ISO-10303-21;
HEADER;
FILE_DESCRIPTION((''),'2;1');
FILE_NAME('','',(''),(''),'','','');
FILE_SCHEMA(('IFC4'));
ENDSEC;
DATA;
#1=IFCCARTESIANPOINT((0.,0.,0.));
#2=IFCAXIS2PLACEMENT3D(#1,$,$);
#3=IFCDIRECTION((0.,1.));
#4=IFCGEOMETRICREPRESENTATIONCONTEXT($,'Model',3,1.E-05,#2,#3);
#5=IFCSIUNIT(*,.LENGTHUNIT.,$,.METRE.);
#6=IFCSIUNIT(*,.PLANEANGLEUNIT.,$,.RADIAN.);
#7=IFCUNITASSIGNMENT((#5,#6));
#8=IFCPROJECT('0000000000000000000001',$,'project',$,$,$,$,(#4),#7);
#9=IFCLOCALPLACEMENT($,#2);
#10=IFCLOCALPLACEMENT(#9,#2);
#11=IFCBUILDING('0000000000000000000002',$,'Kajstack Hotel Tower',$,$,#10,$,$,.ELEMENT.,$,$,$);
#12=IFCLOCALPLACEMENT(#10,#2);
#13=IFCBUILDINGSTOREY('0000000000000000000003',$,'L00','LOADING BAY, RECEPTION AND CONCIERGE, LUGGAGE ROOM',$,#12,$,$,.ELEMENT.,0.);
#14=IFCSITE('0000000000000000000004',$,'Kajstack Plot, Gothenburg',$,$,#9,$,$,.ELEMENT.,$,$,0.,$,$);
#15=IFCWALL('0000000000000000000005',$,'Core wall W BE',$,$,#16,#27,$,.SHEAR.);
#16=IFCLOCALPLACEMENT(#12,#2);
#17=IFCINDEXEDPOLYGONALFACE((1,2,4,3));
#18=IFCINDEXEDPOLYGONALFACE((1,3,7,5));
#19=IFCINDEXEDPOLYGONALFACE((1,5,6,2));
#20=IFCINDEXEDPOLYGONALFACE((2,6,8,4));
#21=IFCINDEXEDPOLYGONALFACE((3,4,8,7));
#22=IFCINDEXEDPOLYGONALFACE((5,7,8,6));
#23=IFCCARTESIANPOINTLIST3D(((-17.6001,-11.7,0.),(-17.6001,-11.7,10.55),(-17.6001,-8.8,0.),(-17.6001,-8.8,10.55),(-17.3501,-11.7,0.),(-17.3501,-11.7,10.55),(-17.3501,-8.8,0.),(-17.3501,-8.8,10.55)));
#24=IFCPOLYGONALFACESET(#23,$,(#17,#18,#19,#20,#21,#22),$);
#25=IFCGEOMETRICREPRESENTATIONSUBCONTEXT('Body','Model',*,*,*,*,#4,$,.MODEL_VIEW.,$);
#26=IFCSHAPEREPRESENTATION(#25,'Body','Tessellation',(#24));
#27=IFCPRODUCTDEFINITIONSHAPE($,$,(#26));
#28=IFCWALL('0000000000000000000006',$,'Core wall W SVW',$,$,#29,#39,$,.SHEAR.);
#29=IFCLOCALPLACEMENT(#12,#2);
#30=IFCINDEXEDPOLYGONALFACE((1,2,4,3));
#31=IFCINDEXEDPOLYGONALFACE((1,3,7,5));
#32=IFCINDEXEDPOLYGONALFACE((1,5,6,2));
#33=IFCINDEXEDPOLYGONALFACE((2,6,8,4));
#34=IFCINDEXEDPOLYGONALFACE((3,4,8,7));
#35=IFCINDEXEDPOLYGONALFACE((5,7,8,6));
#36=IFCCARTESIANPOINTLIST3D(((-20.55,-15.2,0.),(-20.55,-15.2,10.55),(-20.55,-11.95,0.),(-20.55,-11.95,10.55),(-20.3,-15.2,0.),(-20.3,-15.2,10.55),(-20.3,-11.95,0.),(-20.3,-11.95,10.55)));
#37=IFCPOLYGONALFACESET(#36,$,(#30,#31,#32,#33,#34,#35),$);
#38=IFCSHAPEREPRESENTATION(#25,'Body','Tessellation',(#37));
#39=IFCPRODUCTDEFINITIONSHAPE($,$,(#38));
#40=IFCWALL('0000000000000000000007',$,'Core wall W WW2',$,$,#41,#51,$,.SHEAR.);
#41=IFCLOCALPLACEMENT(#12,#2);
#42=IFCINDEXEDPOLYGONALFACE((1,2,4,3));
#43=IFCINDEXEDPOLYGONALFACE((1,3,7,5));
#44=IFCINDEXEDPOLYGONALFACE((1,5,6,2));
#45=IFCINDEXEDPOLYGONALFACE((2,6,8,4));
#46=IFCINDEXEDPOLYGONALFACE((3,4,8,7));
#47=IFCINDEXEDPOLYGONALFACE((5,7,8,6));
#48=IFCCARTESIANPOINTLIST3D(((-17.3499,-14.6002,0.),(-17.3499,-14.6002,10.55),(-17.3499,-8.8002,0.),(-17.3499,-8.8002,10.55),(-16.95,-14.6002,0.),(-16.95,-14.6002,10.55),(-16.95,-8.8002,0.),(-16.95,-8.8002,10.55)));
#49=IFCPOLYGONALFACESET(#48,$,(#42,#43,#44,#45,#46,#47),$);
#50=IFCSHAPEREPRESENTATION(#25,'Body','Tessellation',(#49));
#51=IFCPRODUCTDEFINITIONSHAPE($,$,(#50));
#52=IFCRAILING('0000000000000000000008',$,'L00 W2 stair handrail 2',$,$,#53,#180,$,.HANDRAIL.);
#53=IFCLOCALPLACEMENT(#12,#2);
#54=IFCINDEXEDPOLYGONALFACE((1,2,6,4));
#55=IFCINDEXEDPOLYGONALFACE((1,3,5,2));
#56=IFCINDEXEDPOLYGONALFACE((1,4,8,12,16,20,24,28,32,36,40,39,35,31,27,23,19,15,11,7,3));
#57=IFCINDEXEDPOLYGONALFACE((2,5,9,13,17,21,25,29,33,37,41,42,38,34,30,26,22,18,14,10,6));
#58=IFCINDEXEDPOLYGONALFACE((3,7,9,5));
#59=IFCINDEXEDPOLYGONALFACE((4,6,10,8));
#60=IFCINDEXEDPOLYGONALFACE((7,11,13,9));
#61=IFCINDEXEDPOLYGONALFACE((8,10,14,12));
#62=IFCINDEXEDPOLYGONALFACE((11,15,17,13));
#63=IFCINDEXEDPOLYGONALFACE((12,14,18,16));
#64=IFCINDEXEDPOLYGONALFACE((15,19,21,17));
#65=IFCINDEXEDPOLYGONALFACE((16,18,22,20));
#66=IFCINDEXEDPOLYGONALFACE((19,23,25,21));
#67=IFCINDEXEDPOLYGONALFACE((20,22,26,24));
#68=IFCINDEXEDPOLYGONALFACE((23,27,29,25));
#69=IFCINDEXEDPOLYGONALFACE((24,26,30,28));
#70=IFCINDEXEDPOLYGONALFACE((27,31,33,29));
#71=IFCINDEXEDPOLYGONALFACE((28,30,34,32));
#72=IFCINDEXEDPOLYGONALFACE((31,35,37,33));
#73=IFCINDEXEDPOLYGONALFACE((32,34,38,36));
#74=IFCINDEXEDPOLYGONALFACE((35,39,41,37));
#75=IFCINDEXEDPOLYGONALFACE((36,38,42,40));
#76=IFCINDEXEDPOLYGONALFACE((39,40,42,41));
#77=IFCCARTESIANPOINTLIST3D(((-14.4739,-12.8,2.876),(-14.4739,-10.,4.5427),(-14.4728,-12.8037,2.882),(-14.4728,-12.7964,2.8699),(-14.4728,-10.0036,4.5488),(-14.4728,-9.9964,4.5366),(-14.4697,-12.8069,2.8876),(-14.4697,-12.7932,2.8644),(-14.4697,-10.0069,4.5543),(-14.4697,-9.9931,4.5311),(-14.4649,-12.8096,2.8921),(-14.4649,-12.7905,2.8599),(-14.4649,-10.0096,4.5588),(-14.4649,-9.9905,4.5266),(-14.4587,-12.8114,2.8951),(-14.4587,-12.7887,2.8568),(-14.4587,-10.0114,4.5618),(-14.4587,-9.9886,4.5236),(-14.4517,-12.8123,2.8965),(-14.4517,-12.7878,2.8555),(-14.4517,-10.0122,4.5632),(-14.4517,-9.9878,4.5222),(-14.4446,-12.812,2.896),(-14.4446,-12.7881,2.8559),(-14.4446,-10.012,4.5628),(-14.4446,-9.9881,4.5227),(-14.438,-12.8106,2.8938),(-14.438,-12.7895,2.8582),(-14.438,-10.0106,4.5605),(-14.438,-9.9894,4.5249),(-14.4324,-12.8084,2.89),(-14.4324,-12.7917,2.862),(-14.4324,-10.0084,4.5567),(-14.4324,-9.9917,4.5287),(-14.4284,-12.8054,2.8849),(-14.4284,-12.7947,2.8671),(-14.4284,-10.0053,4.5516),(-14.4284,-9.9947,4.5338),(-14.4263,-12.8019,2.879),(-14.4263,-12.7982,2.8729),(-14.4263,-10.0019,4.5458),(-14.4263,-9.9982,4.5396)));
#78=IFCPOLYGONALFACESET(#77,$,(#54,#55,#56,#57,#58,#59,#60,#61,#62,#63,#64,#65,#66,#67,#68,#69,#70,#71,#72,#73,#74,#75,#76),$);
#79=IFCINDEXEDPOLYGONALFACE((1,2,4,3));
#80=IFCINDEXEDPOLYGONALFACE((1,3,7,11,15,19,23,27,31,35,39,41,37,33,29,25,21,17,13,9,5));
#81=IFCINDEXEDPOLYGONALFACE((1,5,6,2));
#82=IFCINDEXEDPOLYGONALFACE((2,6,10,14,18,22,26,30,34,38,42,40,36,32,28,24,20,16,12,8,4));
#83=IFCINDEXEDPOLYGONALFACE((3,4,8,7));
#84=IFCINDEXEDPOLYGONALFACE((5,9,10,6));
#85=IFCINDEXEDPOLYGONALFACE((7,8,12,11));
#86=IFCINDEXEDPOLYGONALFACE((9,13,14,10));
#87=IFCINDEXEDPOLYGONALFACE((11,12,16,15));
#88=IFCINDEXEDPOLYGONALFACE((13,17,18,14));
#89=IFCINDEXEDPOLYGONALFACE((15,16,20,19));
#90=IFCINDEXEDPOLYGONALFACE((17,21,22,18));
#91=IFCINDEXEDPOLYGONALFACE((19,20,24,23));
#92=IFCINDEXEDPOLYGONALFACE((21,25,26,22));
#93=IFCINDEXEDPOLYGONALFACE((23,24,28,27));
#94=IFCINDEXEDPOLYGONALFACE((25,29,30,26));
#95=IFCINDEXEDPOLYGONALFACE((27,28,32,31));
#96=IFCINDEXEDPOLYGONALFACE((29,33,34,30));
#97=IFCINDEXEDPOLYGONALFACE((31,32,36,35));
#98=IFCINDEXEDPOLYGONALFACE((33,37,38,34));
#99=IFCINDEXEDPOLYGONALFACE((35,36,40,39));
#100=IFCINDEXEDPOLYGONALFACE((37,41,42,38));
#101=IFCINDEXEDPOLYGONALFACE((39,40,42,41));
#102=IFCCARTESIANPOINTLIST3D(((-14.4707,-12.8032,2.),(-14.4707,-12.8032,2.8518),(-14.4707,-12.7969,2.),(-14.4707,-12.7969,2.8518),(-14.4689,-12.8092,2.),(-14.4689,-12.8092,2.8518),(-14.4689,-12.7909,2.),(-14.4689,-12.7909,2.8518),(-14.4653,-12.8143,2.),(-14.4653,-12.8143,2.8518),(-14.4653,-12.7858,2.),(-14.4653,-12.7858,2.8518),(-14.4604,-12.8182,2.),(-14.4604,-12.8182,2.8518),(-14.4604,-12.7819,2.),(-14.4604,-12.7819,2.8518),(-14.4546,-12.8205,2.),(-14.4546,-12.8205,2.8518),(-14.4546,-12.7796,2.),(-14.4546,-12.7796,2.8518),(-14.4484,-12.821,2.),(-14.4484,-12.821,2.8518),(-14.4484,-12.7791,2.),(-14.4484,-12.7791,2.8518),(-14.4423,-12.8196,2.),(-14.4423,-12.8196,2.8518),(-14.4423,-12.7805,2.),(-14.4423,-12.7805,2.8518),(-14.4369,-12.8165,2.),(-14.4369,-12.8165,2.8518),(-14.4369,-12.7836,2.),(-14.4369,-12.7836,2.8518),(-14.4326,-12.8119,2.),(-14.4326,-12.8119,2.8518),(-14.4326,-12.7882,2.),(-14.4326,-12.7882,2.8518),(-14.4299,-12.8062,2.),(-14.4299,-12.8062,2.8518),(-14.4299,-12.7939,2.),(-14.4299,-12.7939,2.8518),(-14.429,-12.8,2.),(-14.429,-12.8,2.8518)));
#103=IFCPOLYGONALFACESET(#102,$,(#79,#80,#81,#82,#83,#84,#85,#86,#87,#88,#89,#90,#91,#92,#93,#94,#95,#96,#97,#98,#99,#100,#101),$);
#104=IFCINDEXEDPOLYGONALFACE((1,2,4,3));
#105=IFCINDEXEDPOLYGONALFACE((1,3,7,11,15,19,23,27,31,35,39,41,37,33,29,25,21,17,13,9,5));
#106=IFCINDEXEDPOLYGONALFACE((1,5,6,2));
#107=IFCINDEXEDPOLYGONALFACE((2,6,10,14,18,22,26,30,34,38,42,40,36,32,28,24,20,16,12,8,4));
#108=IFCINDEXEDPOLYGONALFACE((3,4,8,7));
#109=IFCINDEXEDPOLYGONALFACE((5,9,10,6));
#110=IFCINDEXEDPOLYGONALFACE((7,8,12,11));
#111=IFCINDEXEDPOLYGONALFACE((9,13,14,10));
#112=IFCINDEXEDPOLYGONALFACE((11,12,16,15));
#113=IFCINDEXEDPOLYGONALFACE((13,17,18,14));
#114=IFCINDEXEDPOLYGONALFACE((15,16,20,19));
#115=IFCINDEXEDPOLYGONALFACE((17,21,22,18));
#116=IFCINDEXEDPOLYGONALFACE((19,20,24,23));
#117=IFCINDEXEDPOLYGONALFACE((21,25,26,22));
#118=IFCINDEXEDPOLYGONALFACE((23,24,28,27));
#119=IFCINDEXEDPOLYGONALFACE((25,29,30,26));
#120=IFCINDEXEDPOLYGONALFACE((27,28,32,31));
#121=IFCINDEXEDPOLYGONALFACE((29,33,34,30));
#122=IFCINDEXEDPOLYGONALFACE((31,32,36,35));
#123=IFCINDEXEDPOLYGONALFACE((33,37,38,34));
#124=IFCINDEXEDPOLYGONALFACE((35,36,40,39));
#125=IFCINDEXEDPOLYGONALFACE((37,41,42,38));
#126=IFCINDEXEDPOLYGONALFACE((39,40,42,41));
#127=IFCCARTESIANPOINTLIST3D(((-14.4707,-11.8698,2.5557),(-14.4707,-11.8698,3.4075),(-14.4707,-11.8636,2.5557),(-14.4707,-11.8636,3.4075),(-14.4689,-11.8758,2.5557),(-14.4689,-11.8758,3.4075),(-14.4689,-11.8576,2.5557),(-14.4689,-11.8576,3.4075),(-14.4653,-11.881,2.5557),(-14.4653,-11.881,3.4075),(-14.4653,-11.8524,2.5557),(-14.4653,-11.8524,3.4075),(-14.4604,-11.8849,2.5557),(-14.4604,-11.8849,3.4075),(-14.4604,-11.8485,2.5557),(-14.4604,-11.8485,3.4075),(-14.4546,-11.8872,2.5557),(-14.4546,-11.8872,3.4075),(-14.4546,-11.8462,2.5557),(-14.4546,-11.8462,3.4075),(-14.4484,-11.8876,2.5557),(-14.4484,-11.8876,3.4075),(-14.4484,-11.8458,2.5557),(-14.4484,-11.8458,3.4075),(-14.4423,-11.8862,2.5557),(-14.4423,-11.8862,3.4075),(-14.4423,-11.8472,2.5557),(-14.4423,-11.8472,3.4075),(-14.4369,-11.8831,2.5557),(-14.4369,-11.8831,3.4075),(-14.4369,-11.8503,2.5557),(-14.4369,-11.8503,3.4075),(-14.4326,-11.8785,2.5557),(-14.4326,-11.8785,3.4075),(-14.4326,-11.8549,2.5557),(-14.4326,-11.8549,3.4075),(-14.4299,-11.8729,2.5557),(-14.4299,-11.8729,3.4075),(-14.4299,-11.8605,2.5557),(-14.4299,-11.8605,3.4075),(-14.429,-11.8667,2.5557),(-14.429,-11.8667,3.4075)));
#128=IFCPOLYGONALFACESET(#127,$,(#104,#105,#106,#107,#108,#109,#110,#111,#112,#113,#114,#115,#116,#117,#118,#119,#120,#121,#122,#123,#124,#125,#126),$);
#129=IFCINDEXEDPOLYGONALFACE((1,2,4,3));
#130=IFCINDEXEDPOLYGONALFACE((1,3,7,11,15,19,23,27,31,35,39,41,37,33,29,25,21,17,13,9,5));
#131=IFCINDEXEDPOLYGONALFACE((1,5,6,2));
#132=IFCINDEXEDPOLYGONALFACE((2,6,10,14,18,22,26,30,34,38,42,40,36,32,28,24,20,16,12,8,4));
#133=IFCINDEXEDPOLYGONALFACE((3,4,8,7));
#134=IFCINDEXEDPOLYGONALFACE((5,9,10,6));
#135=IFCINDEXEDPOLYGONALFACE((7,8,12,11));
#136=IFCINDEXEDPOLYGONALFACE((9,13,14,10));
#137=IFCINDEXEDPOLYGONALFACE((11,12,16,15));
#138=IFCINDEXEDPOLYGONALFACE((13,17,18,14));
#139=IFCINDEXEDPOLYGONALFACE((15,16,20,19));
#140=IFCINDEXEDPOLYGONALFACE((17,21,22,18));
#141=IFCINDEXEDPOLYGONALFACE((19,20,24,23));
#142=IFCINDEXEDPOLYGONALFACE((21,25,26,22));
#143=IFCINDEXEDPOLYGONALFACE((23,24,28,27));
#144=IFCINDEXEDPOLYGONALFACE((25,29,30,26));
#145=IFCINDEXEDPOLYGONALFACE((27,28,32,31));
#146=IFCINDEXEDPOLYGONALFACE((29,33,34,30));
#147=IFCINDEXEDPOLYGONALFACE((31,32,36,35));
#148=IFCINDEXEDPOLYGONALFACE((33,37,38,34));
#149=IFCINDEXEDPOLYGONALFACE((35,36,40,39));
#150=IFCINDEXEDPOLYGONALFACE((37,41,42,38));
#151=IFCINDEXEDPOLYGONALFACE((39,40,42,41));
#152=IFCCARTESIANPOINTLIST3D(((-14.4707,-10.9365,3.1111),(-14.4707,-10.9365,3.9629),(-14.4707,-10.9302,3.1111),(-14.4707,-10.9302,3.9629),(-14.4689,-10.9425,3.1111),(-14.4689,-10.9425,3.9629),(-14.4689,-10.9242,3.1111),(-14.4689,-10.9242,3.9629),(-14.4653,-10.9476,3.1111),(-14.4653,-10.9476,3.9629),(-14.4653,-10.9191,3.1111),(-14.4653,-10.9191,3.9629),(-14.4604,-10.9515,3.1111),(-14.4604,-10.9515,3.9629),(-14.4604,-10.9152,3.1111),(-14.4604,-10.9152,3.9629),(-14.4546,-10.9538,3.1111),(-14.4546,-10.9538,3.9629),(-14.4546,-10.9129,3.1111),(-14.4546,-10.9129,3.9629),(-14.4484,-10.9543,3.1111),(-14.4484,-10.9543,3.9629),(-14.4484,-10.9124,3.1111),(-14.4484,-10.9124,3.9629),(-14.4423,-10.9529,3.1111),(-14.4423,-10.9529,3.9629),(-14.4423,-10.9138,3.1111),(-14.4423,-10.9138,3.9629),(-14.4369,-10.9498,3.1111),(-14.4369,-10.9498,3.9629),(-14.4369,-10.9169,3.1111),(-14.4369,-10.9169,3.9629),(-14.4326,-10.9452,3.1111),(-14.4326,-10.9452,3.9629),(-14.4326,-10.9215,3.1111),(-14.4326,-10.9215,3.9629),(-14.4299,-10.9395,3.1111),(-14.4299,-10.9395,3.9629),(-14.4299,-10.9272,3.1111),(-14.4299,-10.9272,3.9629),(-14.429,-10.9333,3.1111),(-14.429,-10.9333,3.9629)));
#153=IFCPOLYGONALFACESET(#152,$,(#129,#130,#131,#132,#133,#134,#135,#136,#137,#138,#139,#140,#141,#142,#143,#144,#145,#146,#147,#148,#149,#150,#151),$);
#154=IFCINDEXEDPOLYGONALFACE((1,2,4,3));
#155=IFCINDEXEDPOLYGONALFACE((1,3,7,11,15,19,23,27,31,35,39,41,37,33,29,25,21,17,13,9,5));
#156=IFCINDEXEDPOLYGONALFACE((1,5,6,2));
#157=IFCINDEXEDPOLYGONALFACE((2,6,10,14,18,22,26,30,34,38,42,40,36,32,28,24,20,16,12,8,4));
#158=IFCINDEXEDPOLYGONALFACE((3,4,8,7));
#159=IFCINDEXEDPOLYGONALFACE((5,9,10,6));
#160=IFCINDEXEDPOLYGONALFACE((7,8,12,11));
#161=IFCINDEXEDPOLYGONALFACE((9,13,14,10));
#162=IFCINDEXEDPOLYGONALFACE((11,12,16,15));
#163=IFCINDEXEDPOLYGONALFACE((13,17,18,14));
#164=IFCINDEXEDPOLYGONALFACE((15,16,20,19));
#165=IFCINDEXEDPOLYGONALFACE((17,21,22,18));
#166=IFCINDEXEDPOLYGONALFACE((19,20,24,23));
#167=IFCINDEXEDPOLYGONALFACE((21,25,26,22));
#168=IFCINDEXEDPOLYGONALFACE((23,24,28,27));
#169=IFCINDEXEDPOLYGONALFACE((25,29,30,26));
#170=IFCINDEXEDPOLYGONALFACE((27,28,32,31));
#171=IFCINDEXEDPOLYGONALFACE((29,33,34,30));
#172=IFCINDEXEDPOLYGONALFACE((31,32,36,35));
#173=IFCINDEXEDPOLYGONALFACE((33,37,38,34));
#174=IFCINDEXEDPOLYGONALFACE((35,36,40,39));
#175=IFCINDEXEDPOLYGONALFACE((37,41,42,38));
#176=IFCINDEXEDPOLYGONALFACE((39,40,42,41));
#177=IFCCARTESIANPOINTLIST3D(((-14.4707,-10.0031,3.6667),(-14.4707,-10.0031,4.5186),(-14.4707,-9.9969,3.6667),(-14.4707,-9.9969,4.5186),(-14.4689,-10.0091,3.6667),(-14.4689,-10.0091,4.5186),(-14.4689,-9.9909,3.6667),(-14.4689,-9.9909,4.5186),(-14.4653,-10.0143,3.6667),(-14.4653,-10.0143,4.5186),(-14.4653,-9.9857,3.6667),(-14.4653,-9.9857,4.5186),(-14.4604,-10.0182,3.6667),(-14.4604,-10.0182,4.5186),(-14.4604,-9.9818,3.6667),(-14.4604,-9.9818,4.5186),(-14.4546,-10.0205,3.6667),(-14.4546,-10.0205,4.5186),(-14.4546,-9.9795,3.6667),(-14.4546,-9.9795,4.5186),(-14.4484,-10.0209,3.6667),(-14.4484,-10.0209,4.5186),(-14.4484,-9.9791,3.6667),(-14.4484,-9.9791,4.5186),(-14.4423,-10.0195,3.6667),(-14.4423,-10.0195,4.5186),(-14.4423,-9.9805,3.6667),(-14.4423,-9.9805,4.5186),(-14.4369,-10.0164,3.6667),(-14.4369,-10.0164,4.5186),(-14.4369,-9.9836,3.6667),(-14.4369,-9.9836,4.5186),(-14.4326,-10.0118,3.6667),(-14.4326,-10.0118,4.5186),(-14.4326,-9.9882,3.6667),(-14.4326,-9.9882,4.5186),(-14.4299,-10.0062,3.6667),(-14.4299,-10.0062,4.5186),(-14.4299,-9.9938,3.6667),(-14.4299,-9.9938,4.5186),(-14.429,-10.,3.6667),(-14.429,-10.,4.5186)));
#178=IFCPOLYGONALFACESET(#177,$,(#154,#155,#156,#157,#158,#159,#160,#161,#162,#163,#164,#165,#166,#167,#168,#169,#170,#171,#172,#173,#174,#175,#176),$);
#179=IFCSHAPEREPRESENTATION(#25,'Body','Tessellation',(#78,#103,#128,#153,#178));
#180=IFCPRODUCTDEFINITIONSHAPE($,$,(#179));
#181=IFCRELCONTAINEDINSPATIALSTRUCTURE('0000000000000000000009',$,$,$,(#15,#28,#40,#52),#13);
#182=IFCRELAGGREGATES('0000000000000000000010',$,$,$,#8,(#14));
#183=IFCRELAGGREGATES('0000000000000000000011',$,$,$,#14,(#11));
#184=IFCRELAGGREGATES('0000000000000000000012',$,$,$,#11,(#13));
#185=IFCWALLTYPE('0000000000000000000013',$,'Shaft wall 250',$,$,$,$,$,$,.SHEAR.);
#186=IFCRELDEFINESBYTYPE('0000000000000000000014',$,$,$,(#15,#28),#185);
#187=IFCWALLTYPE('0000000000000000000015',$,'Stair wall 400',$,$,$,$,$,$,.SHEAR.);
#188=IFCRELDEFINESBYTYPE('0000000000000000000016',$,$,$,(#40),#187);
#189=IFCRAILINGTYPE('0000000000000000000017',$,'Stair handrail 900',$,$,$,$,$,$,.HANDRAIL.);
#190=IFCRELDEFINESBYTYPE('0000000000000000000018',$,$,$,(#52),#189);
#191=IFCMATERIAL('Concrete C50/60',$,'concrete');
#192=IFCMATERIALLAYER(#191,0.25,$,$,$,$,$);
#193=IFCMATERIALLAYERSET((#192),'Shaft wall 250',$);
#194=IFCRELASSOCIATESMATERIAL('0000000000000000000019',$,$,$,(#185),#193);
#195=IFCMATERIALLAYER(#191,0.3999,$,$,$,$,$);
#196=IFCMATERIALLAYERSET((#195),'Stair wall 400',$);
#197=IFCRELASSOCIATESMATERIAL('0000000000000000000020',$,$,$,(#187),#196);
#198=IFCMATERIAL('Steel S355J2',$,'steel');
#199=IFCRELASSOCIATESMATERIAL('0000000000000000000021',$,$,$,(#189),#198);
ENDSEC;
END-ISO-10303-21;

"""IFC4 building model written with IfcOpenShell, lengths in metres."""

from ifc_helpers import new_model, si_unit, direction, frame, frame_2d, origin, origin_2d, place, context, subcontext, project, spatial, rectangle, circle, extrude, material, layer, layer_set, type_object, element, save


model = new_model("IFC4")

# Units and contexts
model_context = context("Model", 3, precision=1e-05, world=origin(), true_north=direction((0.0, 1.0)))
body_context = subcontext(model_context, "Body", "Model", "MODEL_VIEW")
ifc_project = project(units=[si_unit("LENGTHUNIT", "METRE"), si_unit("PLANEANGLEUNIT", "RADIAN")], contexts=[model_context])

# Site, building, storey
site_placement = place(None, origin())
site = spatial("IfcSite", under=ifc_project, at=site_placement, Name="Kajstack Plot, Gothenburg", CompositionType="ELEMENT", RefElevation=0.0)
building_placement = place(site_placement, origin())
building = spatial("IfcBuilding", under=site, at=building_placement, Name="Kajstack Hotel Tower", CompositionType="ELEMENT")
storey_placement = place(building_placement, origin())
storey = spatial("IfcBuildingStorey", under=building, at=storey_placement, Name="L00", Description="LOADING BAY, RECEPTION AND CONCIERGE, LUGGAGE ROOM", CompositionType="ELEMENT", Elevation=0.0)

# Walls
ifc_material_1 = material(Name="Concrete C50/60", Category="concrete")
ifc_layer_1 = layer(ifc_material_1, 0.25)
ifc_layer_set_1 = layer_set([ifc_layer_1], Name="Shaft wall 250")
wall_type_1 = type_object("IfcWallType", Name="Shaft wall 250", PredefinedType="SHEAR", material=ifc_layer_set_1)
wall_1_placement = place(storey_placement, frame((-17.4751, -11.7, 0.0), z_axis=(0.0, 0.0, 1.0), x_axis=(0.0, 1.0, 0.0)))
element("IfcWall", 1, at=wall_1_placement, inside=storey, type_object=wall_type_1, Name="Core wall W BE", PredefinedType="SHEAR", context=body_context, shape_type="SweptSolid", body=[
    extrude(rectangle(XDim=2.8999, YDim=0.25, at=frame_2d((1.45, 0.0))), origin(), (0.0, 0.0, 1.0), 10.55),
])
wall_2_placement = place(storey_placement, frame((-20.425, -15.2, 0.0), z_axis=(0.0, 0.0, 1.0), x_axis=(0.0, 1.0, 0.0)))
element("IfcWall", 2, at=wall_2_placement, inside=storey, type_object=wall_type_1, Name="Core wall W SVW", PredefinedType="SHEAR", context=body_context, shape_type="SweptSolid", body=[
    extrude(rectangle(XDim=3.25, YDim=0.25, at=frame_2d((1.625, 0.0))), origin(), (0.0, 0.0, 1.0), 10.55),
])
ifc_layer_2 = layer(ifc_material_1, 0.3999)
ifc_layer_set_2 = layer_set([ifc_layer_2], Name="Stair wall 400")
wall_type_2 = type_object("IfcWallType", Name="Stair wall 400", PredefinedType="SHEAR", material=ifc_layer_set_2)
wall_3_placement = place(storey_placement, frame((-17.1499, -14.6001, 0.0), z_axis=(0.0, 0.0, 1.0), x_axis=(0.0, 1.0, 0.0)))
element("IfcWall", 3, at=wall_3_placement, inside=storey, type_object=wall_type_2, Name="Core wall W WW2", PredefinedType="SHEAR", context=body_context, shape_type="SweptSolid", body=[
    extrude(rectangle(XDim=5.8, YDim=0.3999, at=frame_2d((2.8999, 0.0))), origin(), (0.0, 0.0, 1.0), 10.55),
])

# Railing
ifc_material_2 = material(Name="Steel S355J2", Category="steel")
railing_type = type_object("IfcRailingType", Name="Stair handrail 900", PredefinedType="HANDRAIL", material=ifc_material_2)
railing_1_placement = place(storey_placement, frame((-14.45, -12.8, 2.0)))
element("IfcRailing", 4, at=railing_1_placement, inside=storey, type_object=railing_type, Name="L00 W2 stair handrail 2", PredefinedType="HANDRAIL", context=body_context, shape_type="SweptSolid", body=[
    extrude(circle(Radius=0.0239, at=origin_2d()), frame((0.0, 0.0, 0.876), z_axis=(0.0, 0.859286, 0.511496), x_axis=(-1.0, 0.0, 0.0)), (0.0, 0.0, 1.0), 3.2585),
    extrude(circle(Radius=0.021, at=origin_2d()), origin(), (0.0, 0.0, 1.0), 0.8518),
    extrude(circle(Radius=0.021, at=origin_2d()), frame((0.0, 0.9333, 0.5557)), (0.0, 0.0, 1.0), 0.8518),
    extrude(circle(Radius=0.021, at=origin_2d()), frame((0.0, 1.8667, 1.1111)), (0.0, 0.0, 1.0), 0.8518),
    extrude(circle(Radius=0.021, at=origin_2d()), frame((0.0, 2.8, 1.6667)), (0.0, 0.0, 1.0), 0.8518),
])

save(model, "model.ifc")
